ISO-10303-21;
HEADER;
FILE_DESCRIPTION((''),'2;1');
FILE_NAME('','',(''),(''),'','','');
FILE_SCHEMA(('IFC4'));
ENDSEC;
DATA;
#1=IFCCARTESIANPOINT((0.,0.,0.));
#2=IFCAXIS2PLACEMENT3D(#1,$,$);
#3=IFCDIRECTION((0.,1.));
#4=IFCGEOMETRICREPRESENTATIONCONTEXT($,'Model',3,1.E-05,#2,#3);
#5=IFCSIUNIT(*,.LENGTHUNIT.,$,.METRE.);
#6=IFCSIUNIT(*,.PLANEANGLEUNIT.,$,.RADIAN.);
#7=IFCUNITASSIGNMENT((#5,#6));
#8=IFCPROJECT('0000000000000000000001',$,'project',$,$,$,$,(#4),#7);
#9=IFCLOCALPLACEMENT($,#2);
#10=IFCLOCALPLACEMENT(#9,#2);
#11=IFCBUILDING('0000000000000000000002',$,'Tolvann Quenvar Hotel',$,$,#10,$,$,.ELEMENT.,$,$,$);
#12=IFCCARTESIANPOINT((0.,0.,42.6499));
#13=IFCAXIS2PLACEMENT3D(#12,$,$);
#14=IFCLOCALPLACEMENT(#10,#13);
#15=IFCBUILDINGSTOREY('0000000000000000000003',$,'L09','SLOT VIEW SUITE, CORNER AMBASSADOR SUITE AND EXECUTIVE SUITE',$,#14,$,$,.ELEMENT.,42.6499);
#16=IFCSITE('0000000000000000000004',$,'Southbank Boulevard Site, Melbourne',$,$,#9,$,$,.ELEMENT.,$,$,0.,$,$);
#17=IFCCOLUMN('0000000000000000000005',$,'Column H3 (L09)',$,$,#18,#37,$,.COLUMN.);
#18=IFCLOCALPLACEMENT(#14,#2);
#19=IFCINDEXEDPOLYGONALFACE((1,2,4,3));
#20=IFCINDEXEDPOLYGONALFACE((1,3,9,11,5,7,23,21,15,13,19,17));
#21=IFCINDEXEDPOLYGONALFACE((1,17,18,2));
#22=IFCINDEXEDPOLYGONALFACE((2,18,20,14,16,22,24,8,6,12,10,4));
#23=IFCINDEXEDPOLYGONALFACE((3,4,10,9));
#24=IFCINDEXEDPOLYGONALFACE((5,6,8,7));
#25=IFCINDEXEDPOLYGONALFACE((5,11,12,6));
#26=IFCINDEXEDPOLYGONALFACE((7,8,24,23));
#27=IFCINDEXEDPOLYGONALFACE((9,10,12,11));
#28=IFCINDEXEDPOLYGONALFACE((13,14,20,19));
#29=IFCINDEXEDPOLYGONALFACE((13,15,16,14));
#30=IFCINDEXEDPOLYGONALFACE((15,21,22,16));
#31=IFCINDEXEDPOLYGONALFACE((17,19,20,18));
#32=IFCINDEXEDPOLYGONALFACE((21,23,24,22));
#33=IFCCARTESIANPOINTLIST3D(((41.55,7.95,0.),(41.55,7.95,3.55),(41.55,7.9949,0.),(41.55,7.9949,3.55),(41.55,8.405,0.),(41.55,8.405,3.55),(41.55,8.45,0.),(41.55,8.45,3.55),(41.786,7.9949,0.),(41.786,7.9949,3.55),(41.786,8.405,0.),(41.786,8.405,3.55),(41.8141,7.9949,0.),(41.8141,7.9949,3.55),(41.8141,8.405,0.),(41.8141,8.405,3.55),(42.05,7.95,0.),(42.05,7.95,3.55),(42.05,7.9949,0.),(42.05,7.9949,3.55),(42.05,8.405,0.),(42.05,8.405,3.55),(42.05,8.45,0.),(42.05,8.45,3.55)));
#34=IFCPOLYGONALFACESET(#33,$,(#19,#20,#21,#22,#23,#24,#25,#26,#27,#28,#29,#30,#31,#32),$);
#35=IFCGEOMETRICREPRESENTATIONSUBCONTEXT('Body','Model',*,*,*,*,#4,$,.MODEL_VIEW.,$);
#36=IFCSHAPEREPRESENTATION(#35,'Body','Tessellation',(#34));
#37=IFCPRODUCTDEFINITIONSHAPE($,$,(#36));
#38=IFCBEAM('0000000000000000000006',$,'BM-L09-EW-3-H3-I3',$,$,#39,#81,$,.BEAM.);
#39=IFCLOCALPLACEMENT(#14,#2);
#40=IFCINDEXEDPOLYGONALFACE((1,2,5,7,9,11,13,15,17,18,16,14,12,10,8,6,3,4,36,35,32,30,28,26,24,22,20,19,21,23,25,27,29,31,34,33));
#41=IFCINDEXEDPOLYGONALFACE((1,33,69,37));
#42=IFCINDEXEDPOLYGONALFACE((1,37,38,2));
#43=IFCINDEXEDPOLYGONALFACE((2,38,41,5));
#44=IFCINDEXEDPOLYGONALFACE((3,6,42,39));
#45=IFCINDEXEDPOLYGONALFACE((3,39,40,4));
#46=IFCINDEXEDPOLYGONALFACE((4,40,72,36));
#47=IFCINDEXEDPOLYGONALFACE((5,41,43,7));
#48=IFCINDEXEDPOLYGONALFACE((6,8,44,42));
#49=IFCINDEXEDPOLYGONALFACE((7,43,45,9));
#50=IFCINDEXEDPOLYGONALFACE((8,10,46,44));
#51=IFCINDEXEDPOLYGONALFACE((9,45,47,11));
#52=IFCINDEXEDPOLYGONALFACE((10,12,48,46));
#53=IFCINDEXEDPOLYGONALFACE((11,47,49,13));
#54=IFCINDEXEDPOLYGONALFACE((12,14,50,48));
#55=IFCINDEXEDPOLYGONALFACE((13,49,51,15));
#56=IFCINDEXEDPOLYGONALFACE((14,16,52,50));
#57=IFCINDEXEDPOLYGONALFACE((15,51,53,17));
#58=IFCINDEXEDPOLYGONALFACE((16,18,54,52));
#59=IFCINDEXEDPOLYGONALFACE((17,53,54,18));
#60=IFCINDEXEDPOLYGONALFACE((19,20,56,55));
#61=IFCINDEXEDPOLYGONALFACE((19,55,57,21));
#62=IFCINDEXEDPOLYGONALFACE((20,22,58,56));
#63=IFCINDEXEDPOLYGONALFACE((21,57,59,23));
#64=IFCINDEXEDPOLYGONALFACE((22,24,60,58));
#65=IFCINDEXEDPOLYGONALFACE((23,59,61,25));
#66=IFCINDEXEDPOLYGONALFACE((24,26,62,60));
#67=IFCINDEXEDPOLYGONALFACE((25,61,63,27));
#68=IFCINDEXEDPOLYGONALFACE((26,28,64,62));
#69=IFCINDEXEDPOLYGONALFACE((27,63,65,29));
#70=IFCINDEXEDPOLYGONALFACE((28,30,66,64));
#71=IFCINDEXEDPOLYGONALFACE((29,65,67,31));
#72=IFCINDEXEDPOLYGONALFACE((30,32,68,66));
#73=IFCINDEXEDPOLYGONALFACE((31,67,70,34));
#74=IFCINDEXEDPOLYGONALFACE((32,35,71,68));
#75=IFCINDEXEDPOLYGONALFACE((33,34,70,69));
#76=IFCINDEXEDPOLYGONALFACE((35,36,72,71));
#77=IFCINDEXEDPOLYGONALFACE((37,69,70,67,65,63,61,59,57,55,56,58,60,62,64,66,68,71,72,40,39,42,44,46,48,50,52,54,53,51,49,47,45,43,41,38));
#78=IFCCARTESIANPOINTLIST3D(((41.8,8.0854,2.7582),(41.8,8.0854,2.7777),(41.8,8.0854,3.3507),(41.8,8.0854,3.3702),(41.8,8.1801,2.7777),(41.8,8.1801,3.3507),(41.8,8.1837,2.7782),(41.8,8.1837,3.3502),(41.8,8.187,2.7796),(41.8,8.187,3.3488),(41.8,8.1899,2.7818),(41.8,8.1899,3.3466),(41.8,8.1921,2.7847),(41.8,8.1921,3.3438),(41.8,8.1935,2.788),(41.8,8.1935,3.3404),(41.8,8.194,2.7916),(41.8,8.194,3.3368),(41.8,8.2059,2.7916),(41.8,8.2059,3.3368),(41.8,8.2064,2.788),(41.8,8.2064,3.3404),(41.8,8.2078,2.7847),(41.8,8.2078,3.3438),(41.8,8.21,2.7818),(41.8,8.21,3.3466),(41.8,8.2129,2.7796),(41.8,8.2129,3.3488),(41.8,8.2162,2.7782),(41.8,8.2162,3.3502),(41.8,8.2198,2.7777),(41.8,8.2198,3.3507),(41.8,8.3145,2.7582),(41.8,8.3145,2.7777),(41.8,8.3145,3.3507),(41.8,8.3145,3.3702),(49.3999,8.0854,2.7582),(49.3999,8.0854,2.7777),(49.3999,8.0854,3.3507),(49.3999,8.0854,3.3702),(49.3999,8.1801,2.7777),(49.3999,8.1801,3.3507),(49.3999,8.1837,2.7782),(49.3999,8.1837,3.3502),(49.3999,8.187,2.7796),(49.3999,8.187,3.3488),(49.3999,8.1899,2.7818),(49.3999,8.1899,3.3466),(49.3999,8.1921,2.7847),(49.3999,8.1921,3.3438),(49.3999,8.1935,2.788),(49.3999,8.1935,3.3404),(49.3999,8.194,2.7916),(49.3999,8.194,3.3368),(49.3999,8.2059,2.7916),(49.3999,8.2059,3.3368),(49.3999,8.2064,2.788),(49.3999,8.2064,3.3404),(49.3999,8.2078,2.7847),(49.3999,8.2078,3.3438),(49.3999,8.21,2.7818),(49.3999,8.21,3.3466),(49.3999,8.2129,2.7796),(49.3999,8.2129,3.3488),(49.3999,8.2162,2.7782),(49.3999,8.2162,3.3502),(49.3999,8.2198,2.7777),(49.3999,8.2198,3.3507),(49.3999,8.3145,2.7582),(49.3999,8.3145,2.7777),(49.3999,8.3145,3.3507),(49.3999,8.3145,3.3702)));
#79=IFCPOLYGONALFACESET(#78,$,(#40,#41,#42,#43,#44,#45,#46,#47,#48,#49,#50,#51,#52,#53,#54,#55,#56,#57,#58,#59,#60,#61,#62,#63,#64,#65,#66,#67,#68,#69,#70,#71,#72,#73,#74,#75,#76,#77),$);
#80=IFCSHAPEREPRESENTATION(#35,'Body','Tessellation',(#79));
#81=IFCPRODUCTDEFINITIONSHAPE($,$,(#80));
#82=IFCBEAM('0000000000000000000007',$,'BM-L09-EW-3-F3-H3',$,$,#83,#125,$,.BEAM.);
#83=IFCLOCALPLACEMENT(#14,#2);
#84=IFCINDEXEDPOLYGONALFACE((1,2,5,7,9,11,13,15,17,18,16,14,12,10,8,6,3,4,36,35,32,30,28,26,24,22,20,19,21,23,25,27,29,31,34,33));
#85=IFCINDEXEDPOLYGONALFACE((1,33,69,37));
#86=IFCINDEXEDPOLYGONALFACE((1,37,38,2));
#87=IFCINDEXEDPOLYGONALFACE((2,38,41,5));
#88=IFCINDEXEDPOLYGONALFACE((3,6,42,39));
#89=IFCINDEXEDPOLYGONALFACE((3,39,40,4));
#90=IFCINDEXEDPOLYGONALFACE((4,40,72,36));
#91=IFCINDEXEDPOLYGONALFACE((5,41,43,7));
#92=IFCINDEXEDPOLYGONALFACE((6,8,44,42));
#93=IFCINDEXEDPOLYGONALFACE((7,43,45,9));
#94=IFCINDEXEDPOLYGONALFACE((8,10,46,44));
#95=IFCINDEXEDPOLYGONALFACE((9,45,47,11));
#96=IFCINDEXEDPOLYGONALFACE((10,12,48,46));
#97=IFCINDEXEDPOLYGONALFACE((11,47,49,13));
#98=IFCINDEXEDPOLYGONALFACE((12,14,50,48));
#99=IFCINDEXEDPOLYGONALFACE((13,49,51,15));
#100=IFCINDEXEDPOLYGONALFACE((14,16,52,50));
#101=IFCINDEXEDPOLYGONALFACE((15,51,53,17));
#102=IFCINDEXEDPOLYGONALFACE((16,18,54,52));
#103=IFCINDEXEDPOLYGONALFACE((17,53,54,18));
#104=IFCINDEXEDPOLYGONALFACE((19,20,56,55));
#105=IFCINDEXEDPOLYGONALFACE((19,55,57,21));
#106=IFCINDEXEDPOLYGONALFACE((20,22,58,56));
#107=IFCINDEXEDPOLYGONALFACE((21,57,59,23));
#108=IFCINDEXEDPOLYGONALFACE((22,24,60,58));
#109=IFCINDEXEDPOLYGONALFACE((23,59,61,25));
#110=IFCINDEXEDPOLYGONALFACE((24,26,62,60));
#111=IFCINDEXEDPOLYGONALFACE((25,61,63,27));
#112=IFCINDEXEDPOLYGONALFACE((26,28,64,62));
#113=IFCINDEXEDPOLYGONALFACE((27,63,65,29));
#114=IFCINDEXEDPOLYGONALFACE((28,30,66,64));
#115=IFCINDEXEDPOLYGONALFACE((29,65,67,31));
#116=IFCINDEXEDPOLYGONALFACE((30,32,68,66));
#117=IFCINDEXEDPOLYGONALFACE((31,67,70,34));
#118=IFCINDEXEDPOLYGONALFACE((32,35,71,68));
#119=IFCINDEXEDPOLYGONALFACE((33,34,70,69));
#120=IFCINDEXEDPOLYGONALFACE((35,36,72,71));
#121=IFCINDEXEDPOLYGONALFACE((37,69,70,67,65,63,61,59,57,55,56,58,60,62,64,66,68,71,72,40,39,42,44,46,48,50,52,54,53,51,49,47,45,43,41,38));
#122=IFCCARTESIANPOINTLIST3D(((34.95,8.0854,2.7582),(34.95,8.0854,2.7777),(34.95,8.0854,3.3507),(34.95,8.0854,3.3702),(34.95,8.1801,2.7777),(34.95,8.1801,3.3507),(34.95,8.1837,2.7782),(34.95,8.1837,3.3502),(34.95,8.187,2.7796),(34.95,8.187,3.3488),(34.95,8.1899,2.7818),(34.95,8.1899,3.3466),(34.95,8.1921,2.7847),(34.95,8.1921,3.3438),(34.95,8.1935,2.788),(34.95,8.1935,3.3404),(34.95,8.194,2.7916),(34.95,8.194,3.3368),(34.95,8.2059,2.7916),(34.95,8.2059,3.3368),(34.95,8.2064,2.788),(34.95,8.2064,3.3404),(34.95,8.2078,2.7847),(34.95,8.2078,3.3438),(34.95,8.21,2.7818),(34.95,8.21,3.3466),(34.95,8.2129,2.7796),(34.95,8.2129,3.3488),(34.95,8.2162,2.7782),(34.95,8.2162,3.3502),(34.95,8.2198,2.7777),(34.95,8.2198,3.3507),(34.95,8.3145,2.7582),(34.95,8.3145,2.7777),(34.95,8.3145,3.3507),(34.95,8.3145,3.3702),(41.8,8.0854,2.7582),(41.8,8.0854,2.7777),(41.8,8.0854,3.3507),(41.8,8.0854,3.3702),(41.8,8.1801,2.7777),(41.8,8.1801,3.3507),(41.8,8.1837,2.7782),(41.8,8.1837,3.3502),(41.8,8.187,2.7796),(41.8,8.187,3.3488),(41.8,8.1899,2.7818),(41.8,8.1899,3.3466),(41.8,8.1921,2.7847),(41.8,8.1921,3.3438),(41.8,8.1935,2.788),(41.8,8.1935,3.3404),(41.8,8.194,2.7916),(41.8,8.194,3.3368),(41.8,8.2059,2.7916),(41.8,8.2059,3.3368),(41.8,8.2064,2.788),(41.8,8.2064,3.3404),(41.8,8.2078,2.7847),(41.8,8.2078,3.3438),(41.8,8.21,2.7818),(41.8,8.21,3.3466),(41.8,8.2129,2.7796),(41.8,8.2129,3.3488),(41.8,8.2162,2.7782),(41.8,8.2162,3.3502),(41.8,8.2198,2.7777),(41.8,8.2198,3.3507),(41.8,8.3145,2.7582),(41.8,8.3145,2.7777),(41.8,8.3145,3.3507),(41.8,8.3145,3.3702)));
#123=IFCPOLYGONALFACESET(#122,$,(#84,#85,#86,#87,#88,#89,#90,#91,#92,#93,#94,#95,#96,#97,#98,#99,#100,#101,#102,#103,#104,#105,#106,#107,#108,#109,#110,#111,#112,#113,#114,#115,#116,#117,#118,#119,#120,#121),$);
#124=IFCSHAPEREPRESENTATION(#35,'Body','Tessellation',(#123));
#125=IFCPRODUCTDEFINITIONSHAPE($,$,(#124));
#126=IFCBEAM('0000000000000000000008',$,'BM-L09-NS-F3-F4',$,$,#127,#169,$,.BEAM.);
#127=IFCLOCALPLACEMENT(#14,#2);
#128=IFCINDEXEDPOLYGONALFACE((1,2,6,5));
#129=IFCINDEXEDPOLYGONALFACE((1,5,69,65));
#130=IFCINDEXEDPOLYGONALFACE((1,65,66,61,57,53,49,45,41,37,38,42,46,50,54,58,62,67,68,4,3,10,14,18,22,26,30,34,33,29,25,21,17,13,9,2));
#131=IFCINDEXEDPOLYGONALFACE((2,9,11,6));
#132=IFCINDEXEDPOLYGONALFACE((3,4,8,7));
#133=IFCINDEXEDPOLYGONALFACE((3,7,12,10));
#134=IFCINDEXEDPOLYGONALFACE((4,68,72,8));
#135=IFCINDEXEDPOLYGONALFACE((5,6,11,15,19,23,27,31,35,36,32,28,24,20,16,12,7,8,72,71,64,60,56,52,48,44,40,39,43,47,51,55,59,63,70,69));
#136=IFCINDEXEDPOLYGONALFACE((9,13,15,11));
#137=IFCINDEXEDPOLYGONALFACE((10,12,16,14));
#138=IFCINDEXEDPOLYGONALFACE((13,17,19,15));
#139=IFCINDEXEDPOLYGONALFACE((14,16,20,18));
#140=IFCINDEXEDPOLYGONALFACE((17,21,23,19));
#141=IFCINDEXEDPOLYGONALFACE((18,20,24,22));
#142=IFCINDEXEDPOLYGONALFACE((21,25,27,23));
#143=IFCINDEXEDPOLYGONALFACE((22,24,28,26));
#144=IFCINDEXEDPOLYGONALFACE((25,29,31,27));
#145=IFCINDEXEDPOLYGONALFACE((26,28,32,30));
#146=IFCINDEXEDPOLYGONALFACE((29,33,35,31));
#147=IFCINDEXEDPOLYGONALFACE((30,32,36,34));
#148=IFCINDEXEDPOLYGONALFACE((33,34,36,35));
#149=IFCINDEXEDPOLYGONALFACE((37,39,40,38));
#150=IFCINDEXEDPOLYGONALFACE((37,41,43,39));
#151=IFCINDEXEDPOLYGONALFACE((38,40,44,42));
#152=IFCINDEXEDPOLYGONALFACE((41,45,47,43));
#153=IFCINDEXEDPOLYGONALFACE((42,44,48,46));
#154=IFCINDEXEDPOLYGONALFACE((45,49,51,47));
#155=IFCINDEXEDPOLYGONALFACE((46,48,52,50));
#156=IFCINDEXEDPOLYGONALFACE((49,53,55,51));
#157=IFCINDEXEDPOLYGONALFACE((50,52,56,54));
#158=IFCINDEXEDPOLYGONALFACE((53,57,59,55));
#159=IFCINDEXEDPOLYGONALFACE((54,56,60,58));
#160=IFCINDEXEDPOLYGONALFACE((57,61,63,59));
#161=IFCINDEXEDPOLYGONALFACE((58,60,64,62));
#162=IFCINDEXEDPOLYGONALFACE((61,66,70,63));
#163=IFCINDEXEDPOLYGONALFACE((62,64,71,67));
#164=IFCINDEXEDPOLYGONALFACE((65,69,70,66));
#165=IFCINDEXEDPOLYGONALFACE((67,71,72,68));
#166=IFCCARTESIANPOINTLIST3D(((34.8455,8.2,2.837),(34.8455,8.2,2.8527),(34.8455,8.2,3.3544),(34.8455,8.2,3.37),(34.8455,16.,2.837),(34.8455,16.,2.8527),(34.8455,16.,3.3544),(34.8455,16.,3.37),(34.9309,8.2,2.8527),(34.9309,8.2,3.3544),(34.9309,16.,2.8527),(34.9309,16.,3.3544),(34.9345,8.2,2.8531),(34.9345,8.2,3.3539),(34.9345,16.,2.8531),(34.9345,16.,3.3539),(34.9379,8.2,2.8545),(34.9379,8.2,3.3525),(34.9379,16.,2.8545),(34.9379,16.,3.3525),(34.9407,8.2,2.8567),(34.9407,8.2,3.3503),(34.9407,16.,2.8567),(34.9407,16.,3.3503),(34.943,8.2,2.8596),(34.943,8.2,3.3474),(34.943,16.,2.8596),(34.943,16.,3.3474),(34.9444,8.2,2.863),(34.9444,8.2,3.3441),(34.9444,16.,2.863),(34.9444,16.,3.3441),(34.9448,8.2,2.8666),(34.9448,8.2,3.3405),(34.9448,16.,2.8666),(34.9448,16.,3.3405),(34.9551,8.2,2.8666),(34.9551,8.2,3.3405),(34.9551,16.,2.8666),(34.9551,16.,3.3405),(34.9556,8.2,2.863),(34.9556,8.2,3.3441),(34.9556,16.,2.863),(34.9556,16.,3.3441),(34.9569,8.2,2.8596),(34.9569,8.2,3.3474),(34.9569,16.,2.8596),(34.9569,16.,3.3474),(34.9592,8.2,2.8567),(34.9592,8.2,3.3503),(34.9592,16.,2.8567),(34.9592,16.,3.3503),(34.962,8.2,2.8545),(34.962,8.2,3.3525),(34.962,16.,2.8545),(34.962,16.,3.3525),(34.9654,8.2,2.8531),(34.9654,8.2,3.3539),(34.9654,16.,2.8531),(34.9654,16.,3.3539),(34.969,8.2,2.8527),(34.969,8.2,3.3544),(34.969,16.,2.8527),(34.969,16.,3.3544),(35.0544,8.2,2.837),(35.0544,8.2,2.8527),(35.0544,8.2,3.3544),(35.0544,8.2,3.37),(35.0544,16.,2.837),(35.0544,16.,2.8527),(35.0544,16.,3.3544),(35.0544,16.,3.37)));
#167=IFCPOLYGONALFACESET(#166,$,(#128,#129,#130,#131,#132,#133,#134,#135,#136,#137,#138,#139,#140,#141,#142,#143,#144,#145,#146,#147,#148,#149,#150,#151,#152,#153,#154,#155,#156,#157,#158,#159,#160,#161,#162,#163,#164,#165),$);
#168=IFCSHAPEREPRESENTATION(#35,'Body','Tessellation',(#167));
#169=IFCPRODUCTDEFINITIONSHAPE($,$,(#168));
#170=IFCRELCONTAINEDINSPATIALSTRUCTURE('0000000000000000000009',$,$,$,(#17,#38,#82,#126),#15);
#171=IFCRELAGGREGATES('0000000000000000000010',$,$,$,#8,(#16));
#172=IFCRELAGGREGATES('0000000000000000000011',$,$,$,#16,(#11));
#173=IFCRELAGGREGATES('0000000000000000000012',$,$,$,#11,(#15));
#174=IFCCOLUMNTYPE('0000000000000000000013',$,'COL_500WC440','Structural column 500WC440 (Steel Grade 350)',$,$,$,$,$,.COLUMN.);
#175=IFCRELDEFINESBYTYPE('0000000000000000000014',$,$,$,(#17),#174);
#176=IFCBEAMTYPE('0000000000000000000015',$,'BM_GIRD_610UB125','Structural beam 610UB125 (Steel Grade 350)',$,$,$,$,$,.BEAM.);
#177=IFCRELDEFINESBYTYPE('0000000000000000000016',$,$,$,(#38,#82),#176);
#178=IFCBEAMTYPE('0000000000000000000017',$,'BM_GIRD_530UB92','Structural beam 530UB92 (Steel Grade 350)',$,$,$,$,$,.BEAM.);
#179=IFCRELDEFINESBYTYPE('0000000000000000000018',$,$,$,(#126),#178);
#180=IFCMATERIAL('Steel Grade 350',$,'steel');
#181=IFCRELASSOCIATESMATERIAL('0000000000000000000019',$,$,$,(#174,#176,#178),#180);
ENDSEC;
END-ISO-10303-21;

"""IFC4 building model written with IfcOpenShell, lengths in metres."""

from ifc_helpers import new_model, si_unit, direction, frame, origin, origin_2d, place, context, subcontext, project, spatial, i_section, extrude, source, transform, mapped, material, material_profile, profile_set, type_object, type_shapes, element, save


model = new_model("IFC4")

# Units and contexts
model_context = context("Model", 3, precision=1e-05, world=origin(), true_north=direction((0.0, 1.0)))
body_context = subcontext(model_context, "Body", "Model", "MODEL_VIEW")
ifc_project = project(units=[si_unit("LENGTHUNIT", "METRE"), si_unit("PLANEANGLEUNIT", "RADIAN")], contexts=[model_context])

# Site, building, storey
site_placement = place(None, origin())
site = spatial("IfcSite", under=ifc_project, at=site_placement, Name="Southbank Boulevard Site, Melbourne", CompositionType="ELEMENT", RefElevation=0.0)
building_placement = place(site_placement, origin())
building = spatial("IfcBuilding", under=site, at=building_placement, Name="Tolvann Quenvar Hotel", CompositionType="ELEMENT")
storey_placement = place(building_placement, frame((0.0, 0.0, 42.6499)))
storey = spatial("IfcBuildingStorey", under=building, at=storey_placement, Name="L09", Description="SLOT VIEW SUITE, CORNER AMBASSADOR SUITE AND EXECUTIVE SUITE", CompositionType="ELEMENT", Elevation=42.6499)

# Column
ifc_material_1 = material(Name="Steel Grade 350", Category="steel")
ifc_material_profile_1 = material_profile(ifc_material_1, i_section(OverallWidth=0.5, OverallDepth=0.5, WebThickness=0.0281, FlangeThickness=0.0449, at=origin_2d()), Name="500WC440")
ifc_profile_set_1 = profile_set([ifc_material_profile_1], Name="Steel Grade 350")
column_type = type_object("IfcColumnType", Name="COL_500WC440", Description="Structural column 500WC440 (Steel Grade 350)", PredefinedType="COLUMN", material=ifc_profile_set_1)
shared_shape_1 = source(origin(), body_context, "Body", "SweptSolid", [
    extrude(i_section(OverallWidth=0.5, OverallDepth=0.5, WebThickness=0.0281, FlangeThickness=0.0449, at=origin_2d()), origin(), (0.0, 0.0, 1.0), 3.55),
])
type_shapes(column_type, [shared_shape_1])
column_placement = place(storey_placement, frame((41.8, 8.2, 0.0), z_axis=(0.0, 0.0, 1.0), x_axis=(1.0, 0.0, 0.0)))
element("IfcColumn", 1, at=column_placement, inside=storey, type_object=column_type, Name="Column H3 (L09)", PredefinedType="COLUMN", context=body_context, shape_type="MappedRepresentation", body=[
    mapped(shared_shape_1, transform((0.0, 0.0, 0.0), x_axis=(1.0, 0.0, 0.0), y_axis=(0.0, 1.0, 0.0), z_axis=(0.0, 0.0, 1.0), scale=1.0)),
])

# Beams
ifc_material_profile_2 = material_profile(ifc_material_1, i_section(OverallWidth=0.229, OverallDepth=0.6121, WebThickness=0.012, FlangeThickness=0.0195, FilletRadius=0.0139, at=origin_2d()), Name="610UB125")
ifc_profile_set_2 = profile_set([ifc_material_profile_2], Name="Steel Grade 350")
beam_type_1 = type_object("IfcBeamType", Name="BM_GIRD_610UB125", Description="Structural beam 610UB125 (Steel Grade 350)", PredefinedType="BEAM", material=ifc_profile_set_2)
shared_shape_2 = source(origin(), body_context, "Body", "SweptSolid", [
    extrude(i_section(OverallWidth=0.229, OverallDepth=0.6121, WebThickness=0.012, FlangeThickness=0.0195, FilletRadius=0.0139, at=origin_2d()), origin(), (0.0, 0.0, 1.0), 7.5999),
])
beam_1_placement = place(storey_placement, frame((41.8, 8.2, 3.0642), z_axis=(1.0, 0.0, 0.0), x_axis=(0.0, 1.0, 0.0)))
element("IfcBeam", 2, at=beam_1_placement, inside=storey, type_object=beam_type_1, Name="BM-L09-EW-3-H3-I3", PredefinedType="BEAM", context=body_context, shape_type="MappedRepresentation", body=[
    mapped(shared_shape_2, transform((0.0, 0.0, 0.0), x_axis=(1.0, 0.0, 0.0), y_axis=(0.0, 1.0, 0.0), z_axis=(0.0, 0.0, 1.0), scale=1.0)),
])
shared_shape_3 = source(origin(), body_context, "Body", "SweptSolid", [
    extrude(i_section(OverallWidth=0.229, OverallDepth=0.6121, WebThickness=0.012, FlangeThickness=0.0195, FilletRadius=0.0139, at=origin_2d()), origin(), (0.0, 0.0, 1.0), 6.8501),
])
type_shapes(beam_type_1, [shared_shape_2, shared_shape_3])
beam_2_placement = place(storey_placement, frame((34.95, 8.2, 3.0642), z_axis=(1.0, 0.0, 0.0), x_axis=(0.0, 1.0, 0.0)))
element("IfcBeam", 3, at=beam_2_placement, inside=storey, type_object=beam_type_1, Name="BM-L09-EW-3-F3-H3", PredefinedType="BEAM", context=body_context, shape_type="MappedRepresentation", body=[
    mapped(shared_shape_3, transform((0.0, 0.0, 0.0), x_axis=(1.0, 0.0, 0.0), y_axis=(0.0, 1.0, 0.0), z_axis=(0.0, 0.0, 1.0), scale=1.0)),
])
ifc_material_profile_3 = material_profile(ifc_material_1, i_section(OverallWidth=0.209, OverallDepth=0.533, WebThickness=0.0103, FlangeThickness=0.0156, FilletRadius=0.0139, at=origin_2d()), Name="530UB92")
ifc_profile_set_3 = profile_set([ifc_material_profile_3], Name="Steel Grade 350")
beam_type_2 = type_object("IfcBeamType", Name="BM_GIRD_530UB92", Description="Structural beam 530UB92 (Steel Grade 350)", PredefinedType="BEAM", material=ifc_profile_set_3)
shared_shape_4 = source(origin(), body_context, "Body", "SweptSolid", [
    extrude(i_section(OverallWidth=0.209, OverallDepth=0.533, WebThickness=0.0103, FlangeThickness=0.0156, FilletRadius=0.0139, at=origin_2d()), origin(), (0.0, 0.0, 1.0), 7.8),
])
type_shapes(beam_type_2, [shared_shape_4])
for number, where, z_axis, x_axis, name in (
    (4, (34.95, 8.2, 3.1035), (0.0, 1.0, 0.0), (-1.0, 0.0, 0.0), "BM-L09-NS-F3-F4"),
):
    element("IfcBeam", number, at=place(storey_placement, frame(where, z_axis=z_axis, x_axis=x_axis)), inside=storey, type_object=beam_type_2, Name=name, PredefinedType="BEAM", context=body_context, shape_type="MappedRepresentation", body=[
        mapped(shared_shape_4, transform((0.0, 0.0, 0.0), x_axis=(1.0, 0.0, 0.0), y_axis=(0.0, 1.0, 0.0), z_axis=(0.0, 0.0, 1.0), scale=1.0)),
    ])

save(model, "model.ifc")
